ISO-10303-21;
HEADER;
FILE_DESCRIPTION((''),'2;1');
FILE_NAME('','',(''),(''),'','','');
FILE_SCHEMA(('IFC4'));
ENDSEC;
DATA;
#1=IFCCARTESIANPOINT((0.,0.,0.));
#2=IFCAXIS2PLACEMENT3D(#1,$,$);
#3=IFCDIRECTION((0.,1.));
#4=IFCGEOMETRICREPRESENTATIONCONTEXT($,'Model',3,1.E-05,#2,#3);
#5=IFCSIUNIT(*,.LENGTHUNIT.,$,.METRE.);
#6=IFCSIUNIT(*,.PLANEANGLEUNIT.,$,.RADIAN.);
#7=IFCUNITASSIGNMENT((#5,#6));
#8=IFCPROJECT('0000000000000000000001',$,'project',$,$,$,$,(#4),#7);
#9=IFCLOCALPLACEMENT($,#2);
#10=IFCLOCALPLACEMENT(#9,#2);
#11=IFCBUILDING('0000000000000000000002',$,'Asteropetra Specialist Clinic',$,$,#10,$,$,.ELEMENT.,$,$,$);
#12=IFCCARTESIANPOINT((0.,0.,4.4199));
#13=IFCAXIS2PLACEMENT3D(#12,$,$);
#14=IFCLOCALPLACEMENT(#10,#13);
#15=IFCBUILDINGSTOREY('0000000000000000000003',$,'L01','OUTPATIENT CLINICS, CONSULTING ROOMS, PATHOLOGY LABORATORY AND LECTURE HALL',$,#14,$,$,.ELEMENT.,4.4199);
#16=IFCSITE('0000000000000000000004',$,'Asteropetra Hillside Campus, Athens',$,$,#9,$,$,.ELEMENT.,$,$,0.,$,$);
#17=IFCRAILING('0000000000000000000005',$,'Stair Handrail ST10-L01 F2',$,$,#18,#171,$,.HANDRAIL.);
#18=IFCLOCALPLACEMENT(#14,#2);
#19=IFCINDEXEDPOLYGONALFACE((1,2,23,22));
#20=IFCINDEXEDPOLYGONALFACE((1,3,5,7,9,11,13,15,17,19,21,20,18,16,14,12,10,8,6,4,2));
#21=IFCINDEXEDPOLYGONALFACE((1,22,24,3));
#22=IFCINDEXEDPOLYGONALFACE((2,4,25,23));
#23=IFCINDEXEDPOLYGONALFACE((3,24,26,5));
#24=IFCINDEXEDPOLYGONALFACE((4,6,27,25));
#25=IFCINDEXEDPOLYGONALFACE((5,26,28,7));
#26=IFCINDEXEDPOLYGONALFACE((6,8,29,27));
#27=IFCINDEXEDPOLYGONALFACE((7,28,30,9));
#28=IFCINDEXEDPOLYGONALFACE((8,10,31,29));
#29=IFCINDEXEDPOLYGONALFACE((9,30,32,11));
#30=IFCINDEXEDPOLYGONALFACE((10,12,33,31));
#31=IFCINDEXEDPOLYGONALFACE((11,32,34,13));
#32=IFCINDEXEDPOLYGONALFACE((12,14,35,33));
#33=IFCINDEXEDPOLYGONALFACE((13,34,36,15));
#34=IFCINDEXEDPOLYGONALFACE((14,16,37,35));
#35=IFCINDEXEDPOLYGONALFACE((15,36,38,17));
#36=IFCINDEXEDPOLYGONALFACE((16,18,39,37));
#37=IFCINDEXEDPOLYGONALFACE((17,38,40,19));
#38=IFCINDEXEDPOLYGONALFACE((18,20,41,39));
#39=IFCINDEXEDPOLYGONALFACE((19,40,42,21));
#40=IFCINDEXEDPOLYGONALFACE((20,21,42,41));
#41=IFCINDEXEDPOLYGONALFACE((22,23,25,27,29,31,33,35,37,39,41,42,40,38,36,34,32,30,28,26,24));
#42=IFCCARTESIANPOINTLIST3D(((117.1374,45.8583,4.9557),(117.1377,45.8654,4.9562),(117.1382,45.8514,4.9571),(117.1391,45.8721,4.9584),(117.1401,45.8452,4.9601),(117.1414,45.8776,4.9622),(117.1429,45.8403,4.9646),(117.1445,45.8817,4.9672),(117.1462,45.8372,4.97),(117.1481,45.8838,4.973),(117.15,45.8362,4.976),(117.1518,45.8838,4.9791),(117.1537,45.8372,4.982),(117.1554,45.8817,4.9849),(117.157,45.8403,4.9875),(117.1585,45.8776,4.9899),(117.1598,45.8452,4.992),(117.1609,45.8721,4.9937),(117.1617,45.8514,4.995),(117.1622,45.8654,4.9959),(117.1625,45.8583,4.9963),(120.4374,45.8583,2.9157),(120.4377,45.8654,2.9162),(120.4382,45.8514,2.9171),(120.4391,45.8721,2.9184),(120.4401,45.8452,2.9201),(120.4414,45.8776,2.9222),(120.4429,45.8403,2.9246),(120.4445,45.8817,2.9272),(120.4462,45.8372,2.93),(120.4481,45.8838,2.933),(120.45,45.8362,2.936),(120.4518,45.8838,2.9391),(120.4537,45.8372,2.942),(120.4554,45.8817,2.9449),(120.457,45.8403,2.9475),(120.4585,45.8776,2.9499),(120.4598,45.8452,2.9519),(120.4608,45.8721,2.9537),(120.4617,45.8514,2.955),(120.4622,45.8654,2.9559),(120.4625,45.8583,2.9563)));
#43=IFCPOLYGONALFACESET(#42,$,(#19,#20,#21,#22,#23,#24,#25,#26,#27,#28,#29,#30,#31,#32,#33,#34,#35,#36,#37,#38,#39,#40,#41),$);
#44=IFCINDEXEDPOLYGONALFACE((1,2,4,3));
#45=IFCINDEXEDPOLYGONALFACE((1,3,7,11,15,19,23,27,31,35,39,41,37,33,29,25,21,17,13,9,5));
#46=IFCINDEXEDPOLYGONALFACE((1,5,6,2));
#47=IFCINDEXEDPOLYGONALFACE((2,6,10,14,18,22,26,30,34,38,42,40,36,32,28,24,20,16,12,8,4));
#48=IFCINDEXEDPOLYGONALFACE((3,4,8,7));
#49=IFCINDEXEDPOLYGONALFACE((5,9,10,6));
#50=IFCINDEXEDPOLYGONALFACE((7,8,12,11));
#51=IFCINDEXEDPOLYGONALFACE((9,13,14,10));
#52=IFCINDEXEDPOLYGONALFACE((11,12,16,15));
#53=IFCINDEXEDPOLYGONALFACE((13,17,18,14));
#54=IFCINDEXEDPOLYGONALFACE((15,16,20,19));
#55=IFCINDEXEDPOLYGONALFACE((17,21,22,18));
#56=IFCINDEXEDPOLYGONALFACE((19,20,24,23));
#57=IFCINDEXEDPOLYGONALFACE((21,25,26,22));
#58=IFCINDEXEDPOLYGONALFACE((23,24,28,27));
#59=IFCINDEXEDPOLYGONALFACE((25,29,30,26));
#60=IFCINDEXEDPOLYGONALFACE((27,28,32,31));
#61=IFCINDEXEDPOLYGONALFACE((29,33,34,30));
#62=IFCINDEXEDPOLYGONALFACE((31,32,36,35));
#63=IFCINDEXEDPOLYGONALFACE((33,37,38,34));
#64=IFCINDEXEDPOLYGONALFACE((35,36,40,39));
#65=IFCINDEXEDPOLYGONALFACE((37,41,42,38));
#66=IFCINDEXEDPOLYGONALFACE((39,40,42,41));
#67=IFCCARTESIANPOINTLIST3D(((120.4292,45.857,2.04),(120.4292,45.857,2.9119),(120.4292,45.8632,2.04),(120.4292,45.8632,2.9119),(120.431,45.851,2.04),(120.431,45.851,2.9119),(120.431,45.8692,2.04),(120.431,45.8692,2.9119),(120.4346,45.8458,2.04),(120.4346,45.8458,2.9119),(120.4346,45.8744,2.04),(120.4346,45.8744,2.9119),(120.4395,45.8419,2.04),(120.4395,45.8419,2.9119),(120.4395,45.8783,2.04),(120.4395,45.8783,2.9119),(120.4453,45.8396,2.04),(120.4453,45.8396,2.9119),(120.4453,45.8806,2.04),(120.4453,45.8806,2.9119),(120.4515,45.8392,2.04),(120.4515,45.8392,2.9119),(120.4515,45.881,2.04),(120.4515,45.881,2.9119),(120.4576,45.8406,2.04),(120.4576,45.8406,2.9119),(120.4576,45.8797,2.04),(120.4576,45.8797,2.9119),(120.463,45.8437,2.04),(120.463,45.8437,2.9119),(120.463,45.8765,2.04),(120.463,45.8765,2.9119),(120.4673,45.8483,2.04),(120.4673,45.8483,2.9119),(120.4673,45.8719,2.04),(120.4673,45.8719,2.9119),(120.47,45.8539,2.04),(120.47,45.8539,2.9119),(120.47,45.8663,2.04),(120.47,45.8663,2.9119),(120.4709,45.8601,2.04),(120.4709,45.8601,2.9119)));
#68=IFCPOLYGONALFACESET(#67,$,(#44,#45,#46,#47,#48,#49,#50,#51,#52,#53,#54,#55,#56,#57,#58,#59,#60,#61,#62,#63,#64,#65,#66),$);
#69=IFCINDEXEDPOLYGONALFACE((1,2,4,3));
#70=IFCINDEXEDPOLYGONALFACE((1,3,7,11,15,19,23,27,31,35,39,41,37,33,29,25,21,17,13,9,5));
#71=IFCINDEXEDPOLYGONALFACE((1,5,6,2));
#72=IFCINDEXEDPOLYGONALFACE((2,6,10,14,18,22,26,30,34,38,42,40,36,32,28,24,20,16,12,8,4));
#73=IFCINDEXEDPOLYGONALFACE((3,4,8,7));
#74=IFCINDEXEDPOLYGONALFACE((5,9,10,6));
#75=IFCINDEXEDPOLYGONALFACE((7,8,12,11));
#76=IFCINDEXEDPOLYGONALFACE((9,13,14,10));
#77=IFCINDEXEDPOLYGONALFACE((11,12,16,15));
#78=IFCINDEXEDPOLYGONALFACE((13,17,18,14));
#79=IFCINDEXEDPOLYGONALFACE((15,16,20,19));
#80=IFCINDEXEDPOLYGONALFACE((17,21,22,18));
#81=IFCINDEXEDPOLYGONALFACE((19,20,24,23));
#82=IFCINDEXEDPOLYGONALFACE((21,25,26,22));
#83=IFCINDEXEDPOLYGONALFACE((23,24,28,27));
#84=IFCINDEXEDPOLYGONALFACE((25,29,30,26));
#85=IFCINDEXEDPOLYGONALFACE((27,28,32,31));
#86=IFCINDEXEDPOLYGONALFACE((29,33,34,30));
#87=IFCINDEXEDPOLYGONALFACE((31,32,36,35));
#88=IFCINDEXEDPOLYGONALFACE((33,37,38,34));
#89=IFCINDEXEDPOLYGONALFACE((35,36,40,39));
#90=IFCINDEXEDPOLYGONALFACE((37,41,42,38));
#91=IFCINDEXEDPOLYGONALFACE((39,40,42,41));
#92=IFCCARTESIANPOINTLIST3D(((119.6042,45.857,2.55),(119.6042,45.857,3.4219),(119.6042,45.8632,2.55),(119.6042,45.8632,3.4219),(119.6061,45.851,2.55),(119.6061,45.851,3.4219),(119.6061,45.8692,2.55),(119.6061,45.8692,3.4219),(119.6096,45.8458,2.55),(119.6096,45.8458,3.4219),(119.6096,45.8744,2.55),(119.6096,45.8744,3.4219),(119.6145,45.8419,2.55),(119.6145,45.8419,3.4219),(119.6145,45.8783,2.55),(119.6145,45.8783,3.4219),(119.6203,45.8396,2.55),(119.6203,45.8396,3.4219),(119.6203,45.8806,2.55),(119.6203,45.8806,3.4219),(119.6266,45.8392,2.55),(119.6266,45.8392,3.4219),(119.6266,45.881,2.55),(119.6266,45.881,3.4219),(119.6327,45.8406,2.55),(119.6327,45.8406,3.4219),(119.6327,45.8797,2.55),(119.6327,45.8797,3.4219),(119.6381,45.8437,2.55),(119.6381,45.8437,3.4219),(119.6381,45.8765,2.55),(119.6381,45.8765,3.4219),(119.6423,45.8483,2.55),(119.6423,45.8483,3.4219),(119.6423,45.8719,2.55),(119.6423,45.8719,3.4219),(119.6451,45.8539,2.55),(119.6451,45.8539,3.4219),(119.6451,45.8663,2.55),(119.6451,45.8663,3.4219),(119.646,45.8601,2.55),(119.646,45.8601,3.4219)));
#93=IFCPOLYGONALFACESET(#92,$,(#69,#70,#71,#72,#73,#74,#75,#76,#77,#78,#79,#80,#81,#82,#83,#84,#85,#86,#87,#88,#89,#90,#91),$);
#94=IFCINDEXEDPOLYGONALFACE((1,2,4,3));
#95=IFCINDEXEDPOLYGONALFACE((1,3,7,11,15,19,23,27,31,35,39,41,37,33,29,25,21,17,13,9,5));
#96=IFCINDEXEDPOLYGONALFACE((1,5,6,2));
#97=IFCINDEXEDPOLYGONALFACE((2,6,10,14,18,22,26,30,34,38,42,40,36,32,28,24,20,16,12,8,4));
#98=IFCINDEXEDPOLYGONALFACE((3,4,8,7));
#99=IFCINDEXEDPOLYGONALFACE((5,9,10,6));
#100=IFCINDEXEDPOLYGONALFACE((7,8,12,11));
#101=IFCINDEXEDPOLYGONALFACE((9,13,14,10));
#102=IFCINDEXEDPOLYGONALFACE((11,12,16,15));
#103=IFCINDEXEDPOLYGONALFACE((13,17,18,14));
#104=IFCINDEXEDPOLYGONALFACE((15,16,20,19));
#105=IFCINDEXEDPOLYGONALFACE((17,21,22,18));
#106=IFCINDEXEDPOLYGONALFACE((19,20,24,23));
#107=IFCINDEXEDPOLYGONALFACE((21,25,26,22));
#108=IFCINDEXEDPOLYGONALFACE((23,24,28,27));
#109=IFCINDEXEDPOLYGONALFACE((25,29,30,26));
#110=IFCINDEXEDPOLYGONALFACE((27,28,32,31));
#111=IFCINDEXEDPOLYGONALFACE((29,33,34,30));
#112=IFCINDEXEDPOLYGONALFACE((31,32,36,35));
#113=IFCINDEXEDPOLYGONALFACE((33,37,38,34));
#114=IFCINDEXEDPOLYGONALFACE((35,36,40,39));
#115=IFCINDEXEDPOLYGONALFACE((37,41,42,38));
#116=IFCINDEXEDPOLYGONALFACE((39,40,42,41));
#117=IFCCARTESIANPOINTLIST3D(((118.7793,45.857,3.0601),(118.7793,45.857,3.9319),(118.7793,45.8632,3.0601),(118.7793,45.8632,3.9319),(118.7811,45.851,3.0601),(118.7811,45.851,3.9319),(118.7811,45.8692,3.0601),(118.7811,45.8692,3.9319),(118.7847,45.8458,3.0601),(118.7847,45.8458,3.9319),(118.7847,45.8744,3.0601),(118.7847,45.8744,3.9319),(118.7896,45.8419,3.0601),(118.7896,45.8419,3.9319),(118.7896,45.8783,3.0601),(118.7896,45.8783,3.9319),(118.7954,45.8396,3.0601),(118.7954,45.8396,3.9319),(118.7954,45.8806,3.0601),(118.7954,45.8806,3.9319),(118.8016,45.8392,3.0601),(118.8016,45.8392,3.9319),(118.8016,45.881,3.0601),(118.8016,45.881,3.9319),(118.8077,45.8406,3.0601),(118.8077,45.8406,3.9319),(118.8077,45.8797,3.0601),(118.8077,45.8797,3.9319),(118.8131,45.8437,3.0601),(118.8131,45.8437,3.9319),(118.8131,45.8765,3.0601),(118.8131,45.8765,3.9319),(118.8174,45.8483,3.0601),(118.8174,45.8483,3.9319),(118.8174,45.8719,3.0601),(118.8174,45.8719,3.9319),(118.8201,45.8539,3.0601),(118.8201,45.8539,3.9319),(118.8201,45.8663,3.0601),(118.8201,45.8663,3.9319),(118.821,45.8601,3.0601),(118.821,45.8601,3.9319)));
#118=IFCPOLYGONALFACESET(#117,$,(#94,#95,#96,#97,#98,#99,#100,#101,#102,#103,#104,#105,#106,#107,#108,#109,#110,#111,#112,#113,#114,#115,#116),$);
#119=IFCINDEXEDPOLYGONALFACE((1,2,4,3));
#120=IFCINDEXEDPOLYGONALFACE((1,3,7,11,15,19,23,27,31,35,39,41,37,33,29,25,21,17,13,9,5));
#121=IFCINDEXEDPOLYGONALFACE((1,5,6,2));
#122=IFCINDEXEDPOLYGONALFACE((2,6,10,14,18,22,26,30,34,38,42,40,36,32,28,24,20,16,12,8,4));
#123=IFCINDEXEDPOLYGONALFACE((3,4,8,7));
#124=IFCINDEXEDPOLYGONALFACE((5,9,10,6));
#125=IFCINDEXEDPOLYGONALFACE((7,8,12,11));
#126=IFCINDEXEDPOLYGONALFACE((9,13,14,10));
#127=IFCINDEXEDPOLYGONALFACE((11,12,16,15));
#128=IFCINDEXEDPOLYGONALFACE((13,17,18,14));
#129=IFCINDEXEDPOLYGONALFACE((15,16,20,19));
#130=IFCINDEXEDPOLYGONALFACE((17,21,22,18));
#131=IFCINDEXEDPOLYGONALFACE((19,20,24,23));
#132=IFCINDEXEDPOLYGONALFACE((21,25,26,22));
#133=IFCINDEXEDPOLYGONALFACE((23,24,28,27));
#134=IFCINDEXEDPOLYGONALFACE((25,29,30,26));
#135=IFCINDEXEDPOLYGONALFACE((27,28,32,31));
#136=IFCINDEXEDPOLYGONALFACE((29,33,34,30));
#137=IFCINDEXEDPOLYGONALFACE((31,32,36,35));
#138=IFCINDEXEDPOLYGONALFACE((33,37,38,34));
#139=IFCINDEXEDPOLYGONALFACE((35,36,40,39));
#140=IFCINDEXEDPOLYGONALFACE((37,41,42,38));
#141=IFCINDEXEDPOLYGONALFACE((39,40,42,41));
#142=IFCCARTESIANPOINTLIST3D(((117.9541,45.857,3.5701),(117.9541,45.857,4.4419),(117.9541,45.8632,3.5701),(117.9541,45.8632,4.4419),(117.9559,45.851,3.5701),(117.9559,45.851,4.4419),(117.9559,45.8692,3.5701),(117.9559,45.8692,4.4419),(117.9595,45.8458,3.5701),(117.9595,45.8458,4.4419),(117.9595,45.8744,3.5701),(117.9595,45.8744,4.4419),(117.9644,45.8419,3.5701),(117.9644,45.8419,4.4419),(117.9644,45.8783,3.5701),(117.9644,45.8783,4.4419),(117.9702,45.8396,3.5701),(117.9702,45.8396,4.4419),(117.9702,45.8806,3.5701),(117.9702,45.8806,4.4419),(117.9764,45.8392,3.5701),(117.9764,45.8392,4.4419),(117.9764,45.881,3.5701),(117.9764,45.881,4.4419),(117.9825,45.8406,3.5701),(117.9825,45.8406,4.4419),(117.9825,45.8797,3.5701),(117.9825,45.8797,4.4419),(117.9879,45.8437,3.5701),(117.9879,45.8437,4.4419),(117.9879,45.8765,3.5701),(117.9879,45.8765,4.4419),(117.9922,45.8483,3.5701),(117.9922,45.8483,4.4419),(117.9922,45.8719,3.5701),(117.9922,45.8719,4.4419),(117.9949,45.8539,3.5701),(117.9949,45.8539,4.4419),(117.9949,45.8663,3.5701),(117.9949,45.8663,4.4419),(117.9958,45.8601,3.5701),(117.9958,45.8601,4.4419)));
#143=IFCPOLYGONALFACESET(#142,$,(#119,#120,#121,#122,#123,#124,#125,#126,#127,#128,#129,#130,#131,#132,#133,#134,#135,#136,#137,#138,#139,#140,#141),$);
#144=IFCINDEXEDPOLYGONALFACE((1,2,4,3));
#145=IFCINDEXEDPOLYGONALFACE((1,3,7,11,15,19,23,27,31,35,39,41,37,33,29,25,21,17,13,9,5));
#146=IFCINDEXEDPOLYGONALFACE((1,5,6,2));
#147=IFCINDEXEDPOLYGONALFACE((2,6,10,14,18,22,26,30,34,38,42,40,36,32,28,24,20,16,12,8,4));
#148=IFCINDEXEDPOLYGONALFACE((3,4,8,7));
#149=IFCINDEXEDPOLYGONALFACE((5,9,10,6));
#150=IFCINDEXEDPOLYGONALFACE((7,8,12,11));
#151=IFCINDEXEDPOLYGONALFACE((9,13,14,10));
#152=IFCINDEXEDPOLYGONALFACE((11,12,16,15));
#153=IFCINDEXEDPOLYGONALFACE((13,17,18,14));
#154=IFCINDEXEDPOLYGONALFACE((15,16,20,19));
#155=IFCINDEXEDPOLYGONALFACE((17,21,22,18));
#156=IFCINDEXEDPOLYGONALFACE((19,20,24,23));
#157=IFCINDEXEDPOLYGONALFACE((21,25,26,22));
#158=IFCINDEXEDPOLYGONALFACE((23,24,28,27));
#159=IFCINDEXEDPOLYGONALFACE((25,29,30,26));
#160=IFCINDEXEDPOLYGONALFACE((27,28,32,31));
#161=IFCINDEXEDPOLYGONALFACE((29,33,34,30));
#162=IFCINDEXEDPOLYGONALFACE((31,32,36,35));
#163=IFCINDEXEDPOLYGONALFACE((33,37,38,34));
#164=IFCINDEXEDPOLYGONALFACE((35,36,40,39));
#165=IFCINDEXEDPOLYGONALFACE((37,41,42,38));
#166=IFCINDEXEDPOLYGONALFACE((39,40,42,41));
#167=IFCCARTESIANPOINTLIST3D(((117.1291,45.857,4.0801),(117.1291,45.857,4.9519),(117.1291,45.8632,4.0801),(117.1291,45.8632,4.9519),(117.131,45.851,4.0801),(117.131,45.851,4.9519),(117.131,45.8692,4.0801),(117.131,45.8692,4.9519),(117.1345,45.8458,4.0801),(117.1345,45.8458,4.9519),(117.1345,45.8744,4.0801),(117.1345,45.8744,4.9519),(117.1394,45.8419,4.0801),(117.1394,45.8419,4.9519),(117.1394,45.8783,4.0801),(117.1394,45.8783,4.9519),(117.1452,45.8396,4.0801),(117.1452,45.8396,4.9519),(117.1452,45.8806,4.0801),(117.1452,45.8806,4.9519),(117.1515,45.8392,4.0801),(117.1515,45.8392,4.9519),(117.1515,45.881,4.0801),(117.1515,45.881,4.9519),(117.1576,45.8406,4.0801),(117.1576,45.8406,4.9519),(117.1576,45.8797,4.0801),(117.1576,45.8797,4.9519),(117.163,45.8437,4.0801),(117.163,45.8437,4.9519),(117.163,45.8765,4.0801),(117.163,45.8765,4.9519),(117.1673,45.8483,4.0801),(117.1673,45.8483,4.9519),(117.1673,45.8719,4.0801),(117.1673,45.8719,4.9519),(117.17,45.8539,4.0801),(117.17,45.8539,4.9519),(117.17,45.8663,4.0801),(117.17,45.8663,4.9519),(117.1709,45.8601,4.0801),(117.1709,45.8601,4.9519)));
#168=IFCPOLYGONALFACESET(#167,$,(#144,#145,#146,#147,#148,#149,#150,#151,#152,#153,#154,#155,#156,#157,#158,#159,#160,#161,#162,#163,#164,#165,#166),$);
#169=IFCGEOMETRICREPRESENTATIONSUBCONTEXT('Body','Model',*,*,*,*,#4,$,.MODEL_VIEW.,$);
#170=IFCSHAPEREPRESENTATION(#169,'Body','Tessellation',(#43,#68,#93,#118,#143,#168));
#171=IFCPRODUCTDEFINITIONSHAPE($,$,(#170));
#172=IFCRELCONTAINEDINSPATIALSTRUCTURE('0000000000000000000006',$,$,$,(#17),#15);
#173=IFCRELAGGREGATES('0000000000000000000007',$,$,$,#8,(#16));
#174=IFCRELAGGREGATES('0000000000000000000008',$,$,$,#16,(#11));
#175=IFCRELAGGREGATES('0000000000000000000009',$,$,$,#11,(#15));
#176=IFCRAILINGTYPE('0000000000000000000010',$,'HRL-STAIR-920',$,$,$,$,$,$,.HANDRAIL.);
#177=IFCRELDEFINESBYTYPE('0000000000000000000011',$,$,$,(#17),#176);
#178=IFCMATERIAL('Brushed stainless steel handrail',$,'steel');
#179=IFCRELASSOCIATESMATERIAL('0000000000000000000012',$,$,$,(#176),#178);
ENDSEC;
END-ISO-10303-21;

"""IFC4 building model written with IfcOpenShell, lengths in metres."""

from ifc_helpers import new_model, si_unit, direction, frame, origin, origin_2d, place, context, subcontext, project, spatial, circle, extrude, material, type_object, element, save


model = new_model("IFC4")

# Units and contexts
model_context = context("Model", 3, precision=1e-05, world=origin(), true_north=direction((0.0, 1.0)))
body_context = subcontext(model_context, "Body", "Model", "MODEL_VIEW")
ifc_project = project(units=[si_unit("LENGTHUNIT", "METRE"), si_unit("PLANEANGLEUNIT", "RADIAN")], contexts=[model_context])

# Site, building, storey
site_placement = place(None, origin())
site = spatial("IfcSite", under=ifc_project, at=site_placement, Name="Asteropetra Hillside Campus, Athens", CompositionType="ELEMENT", RefElevation=0.0)
building_placement = place(site_placement, origin())
building = spatial("IfcBuilding", under=site, at=building_placement, Name="Asteropetra Specialist Clinic", CompositionType="ELEMENT")
storey_placement = place(building_placement, frame((0.0, 0.0, 4.4199)))
storey = spatial("IfcBuildingStorey", under=building, at=storey_placement, Name="L01", Description="OUTPATIENT CLINICS, CONSULTING ROOMS, PATHOLOGY LABORATORY AND LECTURE HALL", CompositionType="ELEMENT", Elevation=4.4199)

# Railing
ifc_material_1 = material(Name="Brushed stainless steel handrail", Category="steel")
railing_type_1 = type_object("IfcRailingType", Name="HRL-STAIR-920", PredefinedType="HANDRAIL", material=ifc_material_1)
railing_1_placement = place(storey_placement, frame((120.45, 45.8601, 2.04)))
element("IfcRailing", 1, at=railing_1_placement, inside=storey, type_object=railing_type_1, Name="Stair Handrail ST10-L01 F2", PredefinedType="HANDRAIL", context=body_context, shape_type="SweptSolid", body=[
    extrude(circle(Radius=0.0239, at=origin_2d()), frame((0.0, 0.0, 0.896), z_axis=(-0.850594, 0.0, 0.525824), x_axis=(0.0, -1.0, 0.0)), (0.0, 0.0, 1.0), 3.8796),
    extrude(circle(Radius=0.021, at=origin_2d()), origin(), (0.0, 0.0, 1.0), 0.8718),
    extrude(circle(Radius=0.021, at=origin_2d()), frame((-0.825, 0.0, 0.51)), (0.0, 0.0, 1.0), 0.8718),
    extrude(circle(Radius=0.021, at=origin_2d()), frame((-1.6499, 0.0, 1.02)), (0.0, 0.0, 1.0), 0.8718),
    extrude(circle(Radius=0.021, at=origin_2d()), frame((-2.4751, 0.0, 1.53)), (0.0, 0.0, 1.0), 0.8718),
    extrude(circle(Radius=0.021, at=origin_2d()), frame((-3.3, 0.0, 2.04)), (0.0, 0.0, 1.0), 0.8718),
])

save(model, "model.ifc")
